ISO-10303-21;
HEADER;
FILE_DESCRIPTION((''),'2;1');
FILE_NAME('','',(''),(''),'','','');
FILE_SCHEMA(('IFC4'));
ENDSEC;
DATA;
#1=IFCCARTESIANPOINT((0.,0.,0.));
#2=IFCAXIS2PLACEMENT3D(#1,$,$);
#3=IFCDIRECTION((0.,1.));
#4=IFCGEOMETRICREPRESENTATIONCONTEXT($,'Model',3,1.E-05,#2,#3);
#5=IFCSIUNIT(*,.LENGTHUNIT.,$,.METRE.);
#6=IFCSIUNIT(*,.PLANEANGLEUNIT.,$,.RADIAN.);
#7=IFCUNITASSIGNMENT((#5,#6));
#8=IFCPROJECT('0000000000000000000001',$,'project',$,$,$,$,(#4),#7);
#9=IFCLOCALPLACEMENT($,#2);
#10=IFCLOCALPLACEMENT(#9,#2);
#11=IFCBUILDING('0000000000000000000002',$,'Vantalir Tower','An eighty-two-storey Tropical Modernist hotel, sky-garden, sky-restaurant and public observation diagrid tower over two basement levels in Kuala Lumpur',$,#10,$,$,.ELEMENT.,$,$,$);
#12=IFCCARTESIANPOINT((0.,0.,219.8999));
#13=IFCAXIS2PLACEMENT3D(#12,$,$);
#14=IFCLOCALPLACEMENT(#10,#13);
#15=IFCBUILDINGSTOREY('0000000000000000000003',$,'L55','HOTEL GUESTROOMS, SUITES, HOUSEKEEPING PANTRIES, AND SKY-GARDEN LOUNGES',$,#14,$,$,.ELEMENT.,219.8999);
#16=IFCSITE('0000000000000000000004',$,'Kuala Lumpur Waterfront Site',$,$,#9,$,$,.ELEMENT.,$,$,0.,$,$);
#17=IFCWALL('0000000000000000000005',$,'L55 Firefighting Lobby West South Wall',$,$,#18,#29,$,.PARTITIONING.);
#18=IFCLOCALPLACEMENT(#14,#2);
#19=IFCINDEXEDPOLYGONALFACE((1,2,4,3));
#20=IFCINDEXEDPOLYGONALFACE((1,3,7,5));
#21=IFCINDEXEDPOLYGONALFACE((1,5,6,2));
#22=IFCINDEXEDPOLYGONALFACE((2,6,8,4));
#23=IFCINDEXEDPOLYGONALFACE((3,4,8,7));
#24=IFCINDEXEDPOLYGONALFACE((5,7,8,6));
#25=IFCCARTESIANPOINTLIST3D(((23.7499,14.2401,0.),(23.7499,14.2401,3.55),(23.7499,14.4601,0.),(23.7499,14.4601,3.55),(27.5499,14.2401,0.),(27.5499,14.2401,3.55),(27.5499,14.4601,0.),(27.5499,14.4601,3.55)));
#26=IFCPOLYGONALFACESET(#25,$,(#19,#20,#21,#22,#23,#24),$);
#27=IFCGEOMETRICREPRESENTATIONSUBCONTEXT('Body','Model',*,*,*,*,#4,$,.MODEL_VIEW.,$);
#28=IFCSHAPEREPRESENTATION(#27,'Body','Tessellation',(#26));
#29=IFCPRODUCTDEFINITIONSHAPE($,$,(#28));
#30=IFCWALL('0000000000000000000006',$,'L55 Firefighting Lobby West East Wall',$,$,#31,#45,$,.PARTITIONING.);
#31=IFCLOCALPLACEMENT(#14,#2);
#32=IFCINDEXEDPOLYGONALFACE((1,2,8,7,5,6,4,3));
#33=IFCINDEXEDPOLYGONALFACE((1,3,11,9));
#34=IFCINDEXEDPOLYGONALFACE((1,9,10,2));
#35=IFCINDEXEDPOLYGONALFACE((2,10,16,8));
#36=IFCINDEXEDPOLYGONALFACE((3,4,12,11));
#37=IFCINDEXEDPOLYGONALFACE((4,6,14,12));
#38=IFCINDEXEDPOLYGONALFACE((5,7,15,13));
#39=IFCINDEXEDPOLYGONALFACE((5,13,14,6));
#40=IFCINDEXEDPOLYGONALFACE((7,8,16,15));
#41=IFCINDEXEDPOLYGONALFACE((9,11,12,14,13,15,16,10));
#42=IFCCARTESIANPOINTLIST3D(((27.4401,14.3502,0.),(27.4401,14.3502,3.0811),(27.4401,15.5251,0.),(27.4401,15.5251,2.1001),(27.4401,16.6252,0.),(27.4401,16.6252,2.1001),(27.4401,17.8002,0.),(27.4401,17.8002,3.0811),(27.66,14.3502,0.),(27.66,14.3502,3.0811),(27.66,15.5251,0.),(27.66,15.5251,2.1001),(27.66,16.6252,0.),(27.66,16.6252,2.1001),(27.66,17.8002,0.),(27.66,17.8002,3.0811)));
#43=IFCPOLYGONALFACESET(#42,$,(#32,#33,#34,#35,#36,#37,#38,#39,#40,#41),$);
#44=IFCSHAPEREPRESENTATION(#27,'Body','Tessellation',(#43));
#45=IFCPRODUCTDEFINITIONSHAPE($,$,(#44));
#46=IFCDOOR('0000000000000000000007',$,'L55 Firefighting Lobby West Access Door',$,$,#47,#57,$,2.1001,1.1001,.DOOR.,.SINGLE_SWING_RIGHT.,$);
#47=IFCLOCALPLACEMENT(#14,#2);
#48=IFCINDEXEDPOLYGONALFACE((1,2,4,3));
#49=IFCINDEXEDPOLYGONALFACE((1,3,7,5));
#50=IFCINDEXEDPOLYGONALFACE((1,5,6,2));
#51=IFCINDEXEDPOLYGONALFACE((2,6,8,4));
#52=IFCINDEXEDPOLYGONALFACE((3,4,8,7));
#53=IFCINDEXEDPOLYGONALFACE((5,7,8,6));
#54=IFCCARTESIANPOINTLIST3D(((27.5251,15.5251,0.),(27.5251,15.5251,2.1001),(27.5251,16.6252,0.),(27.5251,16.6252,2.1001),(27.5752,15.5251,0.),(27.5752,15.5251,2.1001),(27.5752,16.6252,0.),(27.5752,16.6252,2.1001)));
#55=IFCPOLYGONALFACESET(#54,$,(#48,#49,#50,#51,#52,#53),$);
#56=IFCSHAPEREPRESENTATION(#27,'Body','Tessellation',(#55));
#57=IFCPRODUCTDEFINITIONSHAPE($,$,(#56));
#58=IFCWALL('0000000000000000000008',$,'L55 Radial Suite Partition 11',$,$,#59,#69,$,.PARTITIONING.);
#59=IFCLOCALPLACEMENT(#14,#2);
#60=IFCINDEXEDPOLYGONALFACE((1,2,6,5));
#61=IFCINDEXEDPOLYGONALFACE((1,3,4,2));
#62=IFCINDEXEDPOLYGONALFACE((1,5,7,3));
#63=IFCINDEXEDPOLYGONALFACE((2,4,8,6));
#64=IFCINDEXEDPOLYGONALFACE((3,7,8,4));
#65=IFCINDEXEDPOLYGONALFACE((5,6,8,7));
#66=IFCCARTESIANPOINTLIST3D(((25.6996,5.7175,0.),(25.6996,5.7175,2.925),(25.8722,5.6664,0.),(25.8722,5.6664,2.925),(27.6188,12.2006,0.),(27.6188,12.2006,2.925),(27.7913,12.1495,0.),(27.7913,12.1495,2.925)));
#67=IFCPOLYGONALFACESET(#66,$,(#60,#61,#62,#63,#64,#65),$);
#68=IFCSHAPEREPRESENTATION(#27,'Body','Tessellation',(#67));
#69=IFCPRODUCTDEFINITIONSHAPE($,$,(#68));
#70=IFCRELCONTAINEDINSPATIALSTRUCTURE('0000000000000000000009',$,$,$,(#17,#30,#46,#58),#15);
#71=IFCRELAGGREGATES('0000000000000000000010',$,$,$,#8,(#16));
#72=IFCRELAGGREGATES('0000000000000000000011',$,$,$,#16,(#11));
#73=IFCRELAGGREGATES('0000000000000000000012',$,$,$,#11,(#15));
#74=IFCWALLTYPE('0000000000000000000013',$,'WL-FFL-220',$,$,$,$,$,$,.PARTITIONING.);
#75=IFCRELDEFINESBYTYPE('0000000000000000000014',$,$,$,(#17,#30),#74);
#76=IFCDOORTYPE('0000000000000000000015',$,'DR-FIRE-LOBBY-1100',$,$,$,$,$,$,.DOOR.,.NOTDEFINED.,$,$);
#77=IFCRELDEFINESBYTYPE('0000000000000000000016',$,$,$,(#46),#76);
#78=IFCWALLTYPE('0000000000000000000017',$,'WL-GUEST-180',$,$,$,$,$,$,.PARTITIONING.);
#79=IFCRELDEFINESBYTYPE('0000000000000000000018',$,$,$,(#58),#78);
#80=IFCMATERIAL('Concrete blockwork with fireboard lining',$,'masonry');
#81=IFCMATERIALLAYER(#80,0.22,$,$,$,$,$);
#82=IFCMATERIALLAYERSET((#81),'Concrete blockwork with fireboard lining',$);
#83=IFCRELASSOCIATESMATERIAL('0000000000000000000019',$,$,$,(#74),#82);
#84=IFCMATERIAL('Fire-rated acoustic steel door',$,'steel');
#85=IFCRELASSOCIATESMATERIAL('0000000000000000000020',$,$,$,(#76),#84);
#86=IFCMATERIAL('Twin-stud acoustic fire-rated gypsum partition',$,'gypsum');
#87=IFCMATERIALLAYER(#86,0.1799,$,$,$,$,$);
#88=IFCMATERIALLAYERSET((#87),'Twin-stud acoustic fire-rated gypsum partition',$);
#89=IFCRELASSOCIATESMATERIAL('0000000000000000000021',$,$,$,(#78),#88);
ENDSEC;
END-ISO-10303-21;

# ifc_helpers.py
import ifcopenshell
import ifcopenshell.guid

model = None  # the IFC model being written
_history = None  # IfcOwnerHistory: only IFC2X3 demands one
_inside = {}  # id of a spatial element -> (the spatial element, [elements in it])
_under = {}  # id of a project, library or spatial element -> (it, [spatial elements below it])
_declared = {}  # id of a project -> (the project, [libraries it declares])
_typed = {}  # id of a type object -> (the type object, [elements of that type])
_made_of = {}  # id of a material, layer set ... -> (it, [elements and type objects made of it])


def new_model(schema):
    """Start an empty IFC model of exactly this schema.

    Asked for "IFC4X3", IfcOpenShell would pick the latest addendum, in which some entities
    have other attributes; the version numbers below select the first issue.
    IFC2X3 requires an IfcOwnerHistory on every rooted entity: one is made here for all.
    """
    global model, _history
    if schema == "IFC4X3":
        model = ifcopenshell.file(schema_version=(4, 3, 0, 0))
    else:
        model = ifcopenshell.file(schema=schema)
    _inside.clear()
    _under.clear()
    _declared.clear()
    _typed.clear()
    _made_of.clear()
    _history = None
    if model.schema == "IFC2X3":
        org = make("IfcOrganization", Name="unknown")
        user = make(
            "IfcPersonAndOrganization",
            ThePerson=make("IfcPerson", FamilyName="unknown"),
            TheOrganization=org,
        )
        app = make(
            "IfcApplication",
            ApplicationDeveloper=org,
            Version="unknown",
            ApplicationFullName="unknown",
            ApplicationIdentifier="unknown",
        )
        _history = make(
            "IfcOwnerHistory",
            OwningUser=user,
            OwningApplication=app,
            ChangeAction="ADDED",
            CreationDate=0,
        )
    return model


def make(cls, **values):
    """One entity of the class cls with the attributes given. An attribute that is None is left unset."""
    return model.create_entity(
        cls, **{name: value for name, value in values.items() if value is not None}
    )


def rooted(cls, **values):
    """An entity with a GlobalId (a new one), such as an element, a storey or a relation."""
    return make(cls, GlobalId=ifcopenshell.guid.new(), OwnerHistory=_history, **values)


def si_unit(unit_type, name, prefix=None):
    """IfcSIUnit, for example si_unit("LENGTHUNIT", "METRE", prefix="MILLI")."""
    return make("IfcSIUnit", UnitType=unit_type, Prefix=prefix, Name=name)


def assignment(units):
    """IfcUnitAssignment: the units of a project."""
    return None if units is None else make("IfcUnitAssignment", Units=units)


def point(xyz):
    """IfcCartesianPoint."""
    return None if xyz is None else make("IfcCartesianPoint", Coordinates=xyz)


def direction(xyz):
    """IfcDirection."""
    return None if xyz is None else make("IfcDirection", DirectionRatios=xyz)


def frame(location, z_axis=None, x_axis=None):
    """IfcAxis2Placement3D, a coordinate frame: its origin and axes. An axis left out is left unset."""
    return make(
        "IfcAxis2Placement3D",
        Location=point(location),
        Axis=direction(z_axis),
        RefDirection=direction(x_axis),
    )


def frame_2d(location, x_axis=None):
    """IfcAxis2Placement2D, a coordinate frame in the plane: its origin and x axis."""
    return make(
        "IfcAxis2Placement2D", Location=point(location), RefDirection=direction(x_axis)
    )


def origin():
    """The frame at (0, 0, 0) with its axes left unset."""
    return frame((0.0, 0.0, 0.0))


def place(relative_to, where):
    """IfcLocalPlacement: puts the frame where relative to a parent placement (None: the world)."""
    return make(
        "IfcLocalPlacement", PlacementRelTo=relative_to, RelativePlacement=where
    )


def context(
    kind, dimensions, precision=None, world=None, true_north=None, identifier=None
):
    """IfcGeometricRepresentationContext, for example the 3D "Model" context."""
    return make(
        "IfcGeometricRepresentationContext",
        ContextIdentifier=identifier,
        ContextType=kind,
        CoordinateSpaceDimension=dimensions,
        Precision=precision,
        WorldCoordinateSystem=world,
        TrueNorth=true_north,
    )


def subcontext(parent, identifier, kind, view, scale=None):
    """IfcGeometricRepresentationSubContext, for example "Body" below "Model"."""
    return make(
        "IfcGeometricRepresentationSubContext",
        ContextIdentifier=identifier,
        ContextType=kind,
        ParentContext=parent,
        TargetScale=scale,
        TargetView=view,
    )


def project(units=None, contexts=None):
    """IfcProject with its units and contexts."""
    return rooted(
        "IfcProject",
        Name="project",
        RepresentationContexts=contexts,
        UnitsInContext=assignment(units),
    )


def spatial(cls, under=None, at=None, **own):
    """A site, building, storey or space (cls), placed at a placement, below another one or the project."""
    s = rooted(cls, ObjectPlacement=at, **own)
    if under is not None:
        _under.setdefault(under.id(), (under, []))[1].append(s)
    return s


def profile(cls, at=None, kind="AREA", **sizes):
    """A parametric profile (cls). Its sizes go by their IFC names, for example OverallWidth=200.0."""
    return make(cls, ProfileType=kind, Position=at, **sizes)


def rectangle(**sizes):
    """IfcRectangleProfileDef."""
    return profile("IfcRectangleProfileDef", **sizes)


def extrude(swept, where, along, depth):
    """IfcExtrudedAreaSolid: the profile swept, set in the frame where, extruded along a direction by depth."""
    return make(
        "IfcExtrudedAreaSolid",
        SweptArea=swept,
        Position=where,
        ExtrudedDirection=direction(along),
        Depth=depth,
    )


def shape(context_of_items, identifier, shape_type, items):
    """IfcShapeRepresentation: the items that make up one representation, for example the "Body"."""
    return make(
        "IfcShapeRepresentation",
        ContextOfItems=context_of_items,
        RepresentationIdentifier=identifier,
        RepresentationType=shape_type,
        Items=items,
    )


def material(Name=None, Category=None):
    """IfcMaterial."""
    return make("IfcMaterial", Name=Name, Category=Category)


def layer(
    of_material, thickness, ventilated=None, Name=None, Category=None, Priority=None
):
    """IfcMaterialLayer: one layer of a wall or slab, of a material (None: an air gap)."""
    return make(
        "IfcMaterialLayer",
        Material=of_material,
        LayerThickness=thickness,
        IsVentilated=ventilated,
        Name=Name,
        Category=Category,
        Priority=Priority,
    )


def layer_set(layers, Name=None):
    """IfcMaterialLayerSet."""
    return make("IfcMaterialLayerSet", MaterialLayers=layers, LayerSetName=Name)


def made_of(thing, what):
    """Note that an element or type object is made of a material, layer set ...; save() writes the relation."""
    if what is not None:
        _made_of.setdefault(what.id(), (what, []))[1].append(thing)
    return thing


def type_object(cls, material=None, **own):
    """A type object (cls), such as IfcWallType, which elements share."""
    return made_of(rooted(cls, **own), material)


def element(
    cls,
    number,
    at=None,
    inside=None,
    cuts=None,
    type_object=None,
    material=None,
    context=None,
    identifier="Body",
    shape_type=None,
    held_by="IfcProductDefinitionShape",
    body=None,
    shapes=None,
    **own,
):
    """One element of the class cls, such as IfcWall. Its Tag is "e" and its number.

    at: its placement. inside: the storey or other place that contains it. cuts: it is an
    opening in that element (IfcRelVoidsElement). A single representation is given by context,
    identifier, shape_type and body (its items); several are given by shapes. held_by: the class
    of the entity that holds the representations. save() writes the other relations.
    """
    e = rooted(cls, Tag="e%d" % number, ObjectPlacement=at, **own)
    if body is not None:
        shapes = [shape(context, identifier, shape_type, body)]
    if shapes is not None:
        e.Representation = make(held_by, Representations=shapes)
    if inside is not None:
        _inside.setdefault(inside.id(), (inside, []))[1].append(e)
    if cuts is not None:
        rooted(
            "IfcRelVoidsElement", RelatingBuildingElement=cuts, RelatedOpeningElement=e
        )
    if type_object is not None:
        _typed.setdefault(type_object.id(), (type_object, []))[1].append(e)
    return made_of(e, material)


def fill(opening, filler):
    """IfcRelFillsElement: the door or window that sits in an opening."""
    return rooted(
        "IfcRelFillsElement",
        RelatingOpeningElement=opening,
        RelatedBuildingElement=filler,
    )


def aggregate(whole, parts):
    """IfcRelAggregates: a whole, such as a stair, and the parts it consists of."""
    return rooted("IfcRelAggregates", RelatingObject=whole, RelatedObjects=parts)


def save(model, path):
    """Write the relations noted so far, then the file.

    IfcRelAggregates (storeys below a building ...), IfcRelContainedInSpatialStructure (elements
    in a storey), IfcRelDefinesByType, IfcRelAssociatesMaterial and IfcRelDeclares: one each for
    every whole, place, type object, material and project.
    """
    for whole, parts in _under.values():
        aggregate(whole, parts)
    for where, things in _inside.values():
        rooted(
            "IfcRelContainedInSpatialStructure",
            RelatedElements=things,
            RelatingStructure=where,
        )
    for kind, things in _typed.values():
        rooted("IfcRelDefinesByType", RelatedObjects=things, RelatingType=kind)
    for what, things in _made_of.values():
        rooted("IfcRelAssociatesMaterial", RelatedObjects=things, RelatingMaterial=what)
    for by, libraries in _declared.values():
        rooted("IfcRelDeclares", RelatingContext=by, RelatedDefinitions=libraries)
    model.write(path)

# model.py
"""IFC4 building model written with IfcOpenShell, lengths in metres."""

from ifc_helpers import new_model, si_unit, direction, frame, frame_2d, origin, place, context, subcontext, project, spatial, rectangle, extrude, material, layer, layer_set, type_object, element, fill, save


model = new_model("IFC4")

# Units and contexts
model_context = context("Model", 3, precision=1e-05, world=origin(), true_north=direction((0.0, 1.0)))
body_context = subcontext(model_context, "Body", "Model", "MODEL_VIEW")
ifc_project = project(units=[si_unit("LENGTHUNIT", "METRE"), si_unit("PLANEANGLEUNIT", "RADIAN")], contexts=[model_context])

# Site, building, storey
site_placement = place(None, origin())
site = spatial("IfcSite", under=ifc_project, at=site_placement, Name="Kuala Lumpur Waterfront Site", CompositionType="ELEMENT", RefElevation=0.0)
building_placement = place(site_placement, origin())
building = spatial("IfcBuilding", under=site, at=building_placement, Name="Vantalir Tower", Description="An eighty-two-storey Tropical Modernist hotel, sky-garden, sky-restaurant and public observation diagrid tower over two basement levels in Kuala Lumpur", CompositionType="ELEMENT")
storey_placement = place(building_placement, frame((0.0, 0.0, 219.8999)))
storey = spatial("IfcBuildingStorey", under=building, at=storey_placement, Name="L55", Description="HOTEL GUESTROOMS, SUITES, HOUSEKEEPING PANTRIES, AND SKY-GARDEN LOUNGES", CompositionType="ELEMENT", Elevation=219.8999)

# Wall
ifc_material_1 = material(Name="Concrete blockwork with fireboard lining", Category="masonry")
ifc_layer_1 = layer(ifc_material_1, 0.22)
ifc_layer_set_1 = layer_set([ifc_layer_1], Name="Concrete blockwork with fireboard lining")
wall_type_1 = type_object("IfcWallType", Name="WL-FFL-220", PredefinedType="PARTITIONING", material=ifc_layer_set_1)
wall_1_placement = place(storey_placement, frame((23.75, 14.3501, 0.0), z_axis=(0.0, 0.0, 1.0), x_axis=(1.0, 0.0, 0.0)))
element("IfcWall", 1, at=wall_1_placement, inside=storey, type_object=wall_type_1, Name="L55 Firefighting Lobby West South Wall", PredefinedType="PARTITIONING", context=body_context, shape_type="SweptSolid", body=[
    extrude(rectangle(XDim=3.8, YDim=0.22, at=frame_2d((1.8999, 0.0))), origin(), (0.0, 0.0, 1.0), 3.55),
])

# Wall, opening, door
wall_2_placement = place(storey_placement, frame((27.55, 14.3501, 0.0), z_axis=(0.0, 0.0, 1.0), x_axis=(0.0, 1.0, 0.0)))
wall_2 = element("IfcWall", 2, at=wall_2_placement, inside=storey, type_object=wall_type_1, Name="L55 Firefighting Lobby West East Wall", PredefinedType="PARTITIONING", context=body_context, shape_type="SweptSolid", body=[
    extrude(rectangle(XDim=3.45, YDim=0.22, at=frame_2d((1.7251, 0.0))), origin(), (0.0, 0.0, 1.0), 3.0811),
])
opening_1_placement = place(wall_2_placement, frame((1.175, 0.0, 0.0)))
opening_1 = element("IfcOpeningElement", 3, at=opening_1_placement, cuts=wall_2, PredefinedType="OPENING", context=body_context, shape_type="SweptSolid", body=[
    extrude(rectangle(XDim=1.1001, YDim=2.1001, at=frame_2d((0.55, 1.05))), frame((0.0, 0.1199, 0.0), z_axis=(0.0, -1.0, 0.0), x_axis=(1.0, 0.0, 0.0)), (0.0, 0.0, 1.0), 0.24),
])
ifc_material_2 = material(Name="Fire-rated acoustic steel door", Category="steel")
door_type_1 = type_object("IfcDoorType", Name="DR-FIRE-LOBBY-1100", OperationType="NOTDEFINED", PredefinedType="DOOR", material=ifc_material_2)
door_1_placement = place(opening_1_placement, origin())
door_1 = element("IfcDoor", 4, at=door_1_placement, inside=storey, type_object=door_type_1, Name="L55 Firefighting Lobby West Access Door", OperationType="SINGLE_SWING_RIGHT", OverallHeight=2.1001, OverallWidth=1.1001, PredefinedType="DOOR", context=body_context, shape_type="SweptSolid", body=[
    extrude(rectangle(XDim=1.1001, YDim=2.1001, at=frame_2d((0.55, 1.05))), frame((0.0, 0.0249, 0.0), z_axis=(0.0, -1.0, 0.0), x_axis=(1.0, 0.0, 0.0)), (0.0, 0.0, 1.0), 0.05),
])
fill(opening_1, door_1)

# Wall
ifc_material_3 = material(Name="Twin-stud acoustic fire-rated gypsum partition", Category="gypsum")
ifc_layer_2 = layer(ifc_material_3, 0.1799)
ifc_layer_set_2 = layer_set([ifc_layer_2], Name="Twin-stud acoustic fire-rated gypsum partition")
wall_type_2 = type_object("IfcWallType", Name="WL-GUEST-180", PredefinedType="PARTITIONING", material=ifc_layer_set_2)
wall_3_placement = place(storey_placement, frame((27.7051, 12.175, 0.0), z_axis=(0.0, 0.0, 1.0), x_axis=(-0.283851, -0.958868, 0.0)))
element("IfcWall", 5, at=wall_3_placement, inside=storey, type_object=wall_type_2, Name="L55 Radial Suite Partition 11", PredefinedType="PARTITIONING", context=body_context, shape_type="SweptSolid", body=[
    extrude(rectangle(XDim=6.7612, YDim=0.1799, at=frame_2d((3.3806, 0.0))), origin(), (0.0, 0.0, 1.0), 2.925),
])

save(model, "model.ifc")
